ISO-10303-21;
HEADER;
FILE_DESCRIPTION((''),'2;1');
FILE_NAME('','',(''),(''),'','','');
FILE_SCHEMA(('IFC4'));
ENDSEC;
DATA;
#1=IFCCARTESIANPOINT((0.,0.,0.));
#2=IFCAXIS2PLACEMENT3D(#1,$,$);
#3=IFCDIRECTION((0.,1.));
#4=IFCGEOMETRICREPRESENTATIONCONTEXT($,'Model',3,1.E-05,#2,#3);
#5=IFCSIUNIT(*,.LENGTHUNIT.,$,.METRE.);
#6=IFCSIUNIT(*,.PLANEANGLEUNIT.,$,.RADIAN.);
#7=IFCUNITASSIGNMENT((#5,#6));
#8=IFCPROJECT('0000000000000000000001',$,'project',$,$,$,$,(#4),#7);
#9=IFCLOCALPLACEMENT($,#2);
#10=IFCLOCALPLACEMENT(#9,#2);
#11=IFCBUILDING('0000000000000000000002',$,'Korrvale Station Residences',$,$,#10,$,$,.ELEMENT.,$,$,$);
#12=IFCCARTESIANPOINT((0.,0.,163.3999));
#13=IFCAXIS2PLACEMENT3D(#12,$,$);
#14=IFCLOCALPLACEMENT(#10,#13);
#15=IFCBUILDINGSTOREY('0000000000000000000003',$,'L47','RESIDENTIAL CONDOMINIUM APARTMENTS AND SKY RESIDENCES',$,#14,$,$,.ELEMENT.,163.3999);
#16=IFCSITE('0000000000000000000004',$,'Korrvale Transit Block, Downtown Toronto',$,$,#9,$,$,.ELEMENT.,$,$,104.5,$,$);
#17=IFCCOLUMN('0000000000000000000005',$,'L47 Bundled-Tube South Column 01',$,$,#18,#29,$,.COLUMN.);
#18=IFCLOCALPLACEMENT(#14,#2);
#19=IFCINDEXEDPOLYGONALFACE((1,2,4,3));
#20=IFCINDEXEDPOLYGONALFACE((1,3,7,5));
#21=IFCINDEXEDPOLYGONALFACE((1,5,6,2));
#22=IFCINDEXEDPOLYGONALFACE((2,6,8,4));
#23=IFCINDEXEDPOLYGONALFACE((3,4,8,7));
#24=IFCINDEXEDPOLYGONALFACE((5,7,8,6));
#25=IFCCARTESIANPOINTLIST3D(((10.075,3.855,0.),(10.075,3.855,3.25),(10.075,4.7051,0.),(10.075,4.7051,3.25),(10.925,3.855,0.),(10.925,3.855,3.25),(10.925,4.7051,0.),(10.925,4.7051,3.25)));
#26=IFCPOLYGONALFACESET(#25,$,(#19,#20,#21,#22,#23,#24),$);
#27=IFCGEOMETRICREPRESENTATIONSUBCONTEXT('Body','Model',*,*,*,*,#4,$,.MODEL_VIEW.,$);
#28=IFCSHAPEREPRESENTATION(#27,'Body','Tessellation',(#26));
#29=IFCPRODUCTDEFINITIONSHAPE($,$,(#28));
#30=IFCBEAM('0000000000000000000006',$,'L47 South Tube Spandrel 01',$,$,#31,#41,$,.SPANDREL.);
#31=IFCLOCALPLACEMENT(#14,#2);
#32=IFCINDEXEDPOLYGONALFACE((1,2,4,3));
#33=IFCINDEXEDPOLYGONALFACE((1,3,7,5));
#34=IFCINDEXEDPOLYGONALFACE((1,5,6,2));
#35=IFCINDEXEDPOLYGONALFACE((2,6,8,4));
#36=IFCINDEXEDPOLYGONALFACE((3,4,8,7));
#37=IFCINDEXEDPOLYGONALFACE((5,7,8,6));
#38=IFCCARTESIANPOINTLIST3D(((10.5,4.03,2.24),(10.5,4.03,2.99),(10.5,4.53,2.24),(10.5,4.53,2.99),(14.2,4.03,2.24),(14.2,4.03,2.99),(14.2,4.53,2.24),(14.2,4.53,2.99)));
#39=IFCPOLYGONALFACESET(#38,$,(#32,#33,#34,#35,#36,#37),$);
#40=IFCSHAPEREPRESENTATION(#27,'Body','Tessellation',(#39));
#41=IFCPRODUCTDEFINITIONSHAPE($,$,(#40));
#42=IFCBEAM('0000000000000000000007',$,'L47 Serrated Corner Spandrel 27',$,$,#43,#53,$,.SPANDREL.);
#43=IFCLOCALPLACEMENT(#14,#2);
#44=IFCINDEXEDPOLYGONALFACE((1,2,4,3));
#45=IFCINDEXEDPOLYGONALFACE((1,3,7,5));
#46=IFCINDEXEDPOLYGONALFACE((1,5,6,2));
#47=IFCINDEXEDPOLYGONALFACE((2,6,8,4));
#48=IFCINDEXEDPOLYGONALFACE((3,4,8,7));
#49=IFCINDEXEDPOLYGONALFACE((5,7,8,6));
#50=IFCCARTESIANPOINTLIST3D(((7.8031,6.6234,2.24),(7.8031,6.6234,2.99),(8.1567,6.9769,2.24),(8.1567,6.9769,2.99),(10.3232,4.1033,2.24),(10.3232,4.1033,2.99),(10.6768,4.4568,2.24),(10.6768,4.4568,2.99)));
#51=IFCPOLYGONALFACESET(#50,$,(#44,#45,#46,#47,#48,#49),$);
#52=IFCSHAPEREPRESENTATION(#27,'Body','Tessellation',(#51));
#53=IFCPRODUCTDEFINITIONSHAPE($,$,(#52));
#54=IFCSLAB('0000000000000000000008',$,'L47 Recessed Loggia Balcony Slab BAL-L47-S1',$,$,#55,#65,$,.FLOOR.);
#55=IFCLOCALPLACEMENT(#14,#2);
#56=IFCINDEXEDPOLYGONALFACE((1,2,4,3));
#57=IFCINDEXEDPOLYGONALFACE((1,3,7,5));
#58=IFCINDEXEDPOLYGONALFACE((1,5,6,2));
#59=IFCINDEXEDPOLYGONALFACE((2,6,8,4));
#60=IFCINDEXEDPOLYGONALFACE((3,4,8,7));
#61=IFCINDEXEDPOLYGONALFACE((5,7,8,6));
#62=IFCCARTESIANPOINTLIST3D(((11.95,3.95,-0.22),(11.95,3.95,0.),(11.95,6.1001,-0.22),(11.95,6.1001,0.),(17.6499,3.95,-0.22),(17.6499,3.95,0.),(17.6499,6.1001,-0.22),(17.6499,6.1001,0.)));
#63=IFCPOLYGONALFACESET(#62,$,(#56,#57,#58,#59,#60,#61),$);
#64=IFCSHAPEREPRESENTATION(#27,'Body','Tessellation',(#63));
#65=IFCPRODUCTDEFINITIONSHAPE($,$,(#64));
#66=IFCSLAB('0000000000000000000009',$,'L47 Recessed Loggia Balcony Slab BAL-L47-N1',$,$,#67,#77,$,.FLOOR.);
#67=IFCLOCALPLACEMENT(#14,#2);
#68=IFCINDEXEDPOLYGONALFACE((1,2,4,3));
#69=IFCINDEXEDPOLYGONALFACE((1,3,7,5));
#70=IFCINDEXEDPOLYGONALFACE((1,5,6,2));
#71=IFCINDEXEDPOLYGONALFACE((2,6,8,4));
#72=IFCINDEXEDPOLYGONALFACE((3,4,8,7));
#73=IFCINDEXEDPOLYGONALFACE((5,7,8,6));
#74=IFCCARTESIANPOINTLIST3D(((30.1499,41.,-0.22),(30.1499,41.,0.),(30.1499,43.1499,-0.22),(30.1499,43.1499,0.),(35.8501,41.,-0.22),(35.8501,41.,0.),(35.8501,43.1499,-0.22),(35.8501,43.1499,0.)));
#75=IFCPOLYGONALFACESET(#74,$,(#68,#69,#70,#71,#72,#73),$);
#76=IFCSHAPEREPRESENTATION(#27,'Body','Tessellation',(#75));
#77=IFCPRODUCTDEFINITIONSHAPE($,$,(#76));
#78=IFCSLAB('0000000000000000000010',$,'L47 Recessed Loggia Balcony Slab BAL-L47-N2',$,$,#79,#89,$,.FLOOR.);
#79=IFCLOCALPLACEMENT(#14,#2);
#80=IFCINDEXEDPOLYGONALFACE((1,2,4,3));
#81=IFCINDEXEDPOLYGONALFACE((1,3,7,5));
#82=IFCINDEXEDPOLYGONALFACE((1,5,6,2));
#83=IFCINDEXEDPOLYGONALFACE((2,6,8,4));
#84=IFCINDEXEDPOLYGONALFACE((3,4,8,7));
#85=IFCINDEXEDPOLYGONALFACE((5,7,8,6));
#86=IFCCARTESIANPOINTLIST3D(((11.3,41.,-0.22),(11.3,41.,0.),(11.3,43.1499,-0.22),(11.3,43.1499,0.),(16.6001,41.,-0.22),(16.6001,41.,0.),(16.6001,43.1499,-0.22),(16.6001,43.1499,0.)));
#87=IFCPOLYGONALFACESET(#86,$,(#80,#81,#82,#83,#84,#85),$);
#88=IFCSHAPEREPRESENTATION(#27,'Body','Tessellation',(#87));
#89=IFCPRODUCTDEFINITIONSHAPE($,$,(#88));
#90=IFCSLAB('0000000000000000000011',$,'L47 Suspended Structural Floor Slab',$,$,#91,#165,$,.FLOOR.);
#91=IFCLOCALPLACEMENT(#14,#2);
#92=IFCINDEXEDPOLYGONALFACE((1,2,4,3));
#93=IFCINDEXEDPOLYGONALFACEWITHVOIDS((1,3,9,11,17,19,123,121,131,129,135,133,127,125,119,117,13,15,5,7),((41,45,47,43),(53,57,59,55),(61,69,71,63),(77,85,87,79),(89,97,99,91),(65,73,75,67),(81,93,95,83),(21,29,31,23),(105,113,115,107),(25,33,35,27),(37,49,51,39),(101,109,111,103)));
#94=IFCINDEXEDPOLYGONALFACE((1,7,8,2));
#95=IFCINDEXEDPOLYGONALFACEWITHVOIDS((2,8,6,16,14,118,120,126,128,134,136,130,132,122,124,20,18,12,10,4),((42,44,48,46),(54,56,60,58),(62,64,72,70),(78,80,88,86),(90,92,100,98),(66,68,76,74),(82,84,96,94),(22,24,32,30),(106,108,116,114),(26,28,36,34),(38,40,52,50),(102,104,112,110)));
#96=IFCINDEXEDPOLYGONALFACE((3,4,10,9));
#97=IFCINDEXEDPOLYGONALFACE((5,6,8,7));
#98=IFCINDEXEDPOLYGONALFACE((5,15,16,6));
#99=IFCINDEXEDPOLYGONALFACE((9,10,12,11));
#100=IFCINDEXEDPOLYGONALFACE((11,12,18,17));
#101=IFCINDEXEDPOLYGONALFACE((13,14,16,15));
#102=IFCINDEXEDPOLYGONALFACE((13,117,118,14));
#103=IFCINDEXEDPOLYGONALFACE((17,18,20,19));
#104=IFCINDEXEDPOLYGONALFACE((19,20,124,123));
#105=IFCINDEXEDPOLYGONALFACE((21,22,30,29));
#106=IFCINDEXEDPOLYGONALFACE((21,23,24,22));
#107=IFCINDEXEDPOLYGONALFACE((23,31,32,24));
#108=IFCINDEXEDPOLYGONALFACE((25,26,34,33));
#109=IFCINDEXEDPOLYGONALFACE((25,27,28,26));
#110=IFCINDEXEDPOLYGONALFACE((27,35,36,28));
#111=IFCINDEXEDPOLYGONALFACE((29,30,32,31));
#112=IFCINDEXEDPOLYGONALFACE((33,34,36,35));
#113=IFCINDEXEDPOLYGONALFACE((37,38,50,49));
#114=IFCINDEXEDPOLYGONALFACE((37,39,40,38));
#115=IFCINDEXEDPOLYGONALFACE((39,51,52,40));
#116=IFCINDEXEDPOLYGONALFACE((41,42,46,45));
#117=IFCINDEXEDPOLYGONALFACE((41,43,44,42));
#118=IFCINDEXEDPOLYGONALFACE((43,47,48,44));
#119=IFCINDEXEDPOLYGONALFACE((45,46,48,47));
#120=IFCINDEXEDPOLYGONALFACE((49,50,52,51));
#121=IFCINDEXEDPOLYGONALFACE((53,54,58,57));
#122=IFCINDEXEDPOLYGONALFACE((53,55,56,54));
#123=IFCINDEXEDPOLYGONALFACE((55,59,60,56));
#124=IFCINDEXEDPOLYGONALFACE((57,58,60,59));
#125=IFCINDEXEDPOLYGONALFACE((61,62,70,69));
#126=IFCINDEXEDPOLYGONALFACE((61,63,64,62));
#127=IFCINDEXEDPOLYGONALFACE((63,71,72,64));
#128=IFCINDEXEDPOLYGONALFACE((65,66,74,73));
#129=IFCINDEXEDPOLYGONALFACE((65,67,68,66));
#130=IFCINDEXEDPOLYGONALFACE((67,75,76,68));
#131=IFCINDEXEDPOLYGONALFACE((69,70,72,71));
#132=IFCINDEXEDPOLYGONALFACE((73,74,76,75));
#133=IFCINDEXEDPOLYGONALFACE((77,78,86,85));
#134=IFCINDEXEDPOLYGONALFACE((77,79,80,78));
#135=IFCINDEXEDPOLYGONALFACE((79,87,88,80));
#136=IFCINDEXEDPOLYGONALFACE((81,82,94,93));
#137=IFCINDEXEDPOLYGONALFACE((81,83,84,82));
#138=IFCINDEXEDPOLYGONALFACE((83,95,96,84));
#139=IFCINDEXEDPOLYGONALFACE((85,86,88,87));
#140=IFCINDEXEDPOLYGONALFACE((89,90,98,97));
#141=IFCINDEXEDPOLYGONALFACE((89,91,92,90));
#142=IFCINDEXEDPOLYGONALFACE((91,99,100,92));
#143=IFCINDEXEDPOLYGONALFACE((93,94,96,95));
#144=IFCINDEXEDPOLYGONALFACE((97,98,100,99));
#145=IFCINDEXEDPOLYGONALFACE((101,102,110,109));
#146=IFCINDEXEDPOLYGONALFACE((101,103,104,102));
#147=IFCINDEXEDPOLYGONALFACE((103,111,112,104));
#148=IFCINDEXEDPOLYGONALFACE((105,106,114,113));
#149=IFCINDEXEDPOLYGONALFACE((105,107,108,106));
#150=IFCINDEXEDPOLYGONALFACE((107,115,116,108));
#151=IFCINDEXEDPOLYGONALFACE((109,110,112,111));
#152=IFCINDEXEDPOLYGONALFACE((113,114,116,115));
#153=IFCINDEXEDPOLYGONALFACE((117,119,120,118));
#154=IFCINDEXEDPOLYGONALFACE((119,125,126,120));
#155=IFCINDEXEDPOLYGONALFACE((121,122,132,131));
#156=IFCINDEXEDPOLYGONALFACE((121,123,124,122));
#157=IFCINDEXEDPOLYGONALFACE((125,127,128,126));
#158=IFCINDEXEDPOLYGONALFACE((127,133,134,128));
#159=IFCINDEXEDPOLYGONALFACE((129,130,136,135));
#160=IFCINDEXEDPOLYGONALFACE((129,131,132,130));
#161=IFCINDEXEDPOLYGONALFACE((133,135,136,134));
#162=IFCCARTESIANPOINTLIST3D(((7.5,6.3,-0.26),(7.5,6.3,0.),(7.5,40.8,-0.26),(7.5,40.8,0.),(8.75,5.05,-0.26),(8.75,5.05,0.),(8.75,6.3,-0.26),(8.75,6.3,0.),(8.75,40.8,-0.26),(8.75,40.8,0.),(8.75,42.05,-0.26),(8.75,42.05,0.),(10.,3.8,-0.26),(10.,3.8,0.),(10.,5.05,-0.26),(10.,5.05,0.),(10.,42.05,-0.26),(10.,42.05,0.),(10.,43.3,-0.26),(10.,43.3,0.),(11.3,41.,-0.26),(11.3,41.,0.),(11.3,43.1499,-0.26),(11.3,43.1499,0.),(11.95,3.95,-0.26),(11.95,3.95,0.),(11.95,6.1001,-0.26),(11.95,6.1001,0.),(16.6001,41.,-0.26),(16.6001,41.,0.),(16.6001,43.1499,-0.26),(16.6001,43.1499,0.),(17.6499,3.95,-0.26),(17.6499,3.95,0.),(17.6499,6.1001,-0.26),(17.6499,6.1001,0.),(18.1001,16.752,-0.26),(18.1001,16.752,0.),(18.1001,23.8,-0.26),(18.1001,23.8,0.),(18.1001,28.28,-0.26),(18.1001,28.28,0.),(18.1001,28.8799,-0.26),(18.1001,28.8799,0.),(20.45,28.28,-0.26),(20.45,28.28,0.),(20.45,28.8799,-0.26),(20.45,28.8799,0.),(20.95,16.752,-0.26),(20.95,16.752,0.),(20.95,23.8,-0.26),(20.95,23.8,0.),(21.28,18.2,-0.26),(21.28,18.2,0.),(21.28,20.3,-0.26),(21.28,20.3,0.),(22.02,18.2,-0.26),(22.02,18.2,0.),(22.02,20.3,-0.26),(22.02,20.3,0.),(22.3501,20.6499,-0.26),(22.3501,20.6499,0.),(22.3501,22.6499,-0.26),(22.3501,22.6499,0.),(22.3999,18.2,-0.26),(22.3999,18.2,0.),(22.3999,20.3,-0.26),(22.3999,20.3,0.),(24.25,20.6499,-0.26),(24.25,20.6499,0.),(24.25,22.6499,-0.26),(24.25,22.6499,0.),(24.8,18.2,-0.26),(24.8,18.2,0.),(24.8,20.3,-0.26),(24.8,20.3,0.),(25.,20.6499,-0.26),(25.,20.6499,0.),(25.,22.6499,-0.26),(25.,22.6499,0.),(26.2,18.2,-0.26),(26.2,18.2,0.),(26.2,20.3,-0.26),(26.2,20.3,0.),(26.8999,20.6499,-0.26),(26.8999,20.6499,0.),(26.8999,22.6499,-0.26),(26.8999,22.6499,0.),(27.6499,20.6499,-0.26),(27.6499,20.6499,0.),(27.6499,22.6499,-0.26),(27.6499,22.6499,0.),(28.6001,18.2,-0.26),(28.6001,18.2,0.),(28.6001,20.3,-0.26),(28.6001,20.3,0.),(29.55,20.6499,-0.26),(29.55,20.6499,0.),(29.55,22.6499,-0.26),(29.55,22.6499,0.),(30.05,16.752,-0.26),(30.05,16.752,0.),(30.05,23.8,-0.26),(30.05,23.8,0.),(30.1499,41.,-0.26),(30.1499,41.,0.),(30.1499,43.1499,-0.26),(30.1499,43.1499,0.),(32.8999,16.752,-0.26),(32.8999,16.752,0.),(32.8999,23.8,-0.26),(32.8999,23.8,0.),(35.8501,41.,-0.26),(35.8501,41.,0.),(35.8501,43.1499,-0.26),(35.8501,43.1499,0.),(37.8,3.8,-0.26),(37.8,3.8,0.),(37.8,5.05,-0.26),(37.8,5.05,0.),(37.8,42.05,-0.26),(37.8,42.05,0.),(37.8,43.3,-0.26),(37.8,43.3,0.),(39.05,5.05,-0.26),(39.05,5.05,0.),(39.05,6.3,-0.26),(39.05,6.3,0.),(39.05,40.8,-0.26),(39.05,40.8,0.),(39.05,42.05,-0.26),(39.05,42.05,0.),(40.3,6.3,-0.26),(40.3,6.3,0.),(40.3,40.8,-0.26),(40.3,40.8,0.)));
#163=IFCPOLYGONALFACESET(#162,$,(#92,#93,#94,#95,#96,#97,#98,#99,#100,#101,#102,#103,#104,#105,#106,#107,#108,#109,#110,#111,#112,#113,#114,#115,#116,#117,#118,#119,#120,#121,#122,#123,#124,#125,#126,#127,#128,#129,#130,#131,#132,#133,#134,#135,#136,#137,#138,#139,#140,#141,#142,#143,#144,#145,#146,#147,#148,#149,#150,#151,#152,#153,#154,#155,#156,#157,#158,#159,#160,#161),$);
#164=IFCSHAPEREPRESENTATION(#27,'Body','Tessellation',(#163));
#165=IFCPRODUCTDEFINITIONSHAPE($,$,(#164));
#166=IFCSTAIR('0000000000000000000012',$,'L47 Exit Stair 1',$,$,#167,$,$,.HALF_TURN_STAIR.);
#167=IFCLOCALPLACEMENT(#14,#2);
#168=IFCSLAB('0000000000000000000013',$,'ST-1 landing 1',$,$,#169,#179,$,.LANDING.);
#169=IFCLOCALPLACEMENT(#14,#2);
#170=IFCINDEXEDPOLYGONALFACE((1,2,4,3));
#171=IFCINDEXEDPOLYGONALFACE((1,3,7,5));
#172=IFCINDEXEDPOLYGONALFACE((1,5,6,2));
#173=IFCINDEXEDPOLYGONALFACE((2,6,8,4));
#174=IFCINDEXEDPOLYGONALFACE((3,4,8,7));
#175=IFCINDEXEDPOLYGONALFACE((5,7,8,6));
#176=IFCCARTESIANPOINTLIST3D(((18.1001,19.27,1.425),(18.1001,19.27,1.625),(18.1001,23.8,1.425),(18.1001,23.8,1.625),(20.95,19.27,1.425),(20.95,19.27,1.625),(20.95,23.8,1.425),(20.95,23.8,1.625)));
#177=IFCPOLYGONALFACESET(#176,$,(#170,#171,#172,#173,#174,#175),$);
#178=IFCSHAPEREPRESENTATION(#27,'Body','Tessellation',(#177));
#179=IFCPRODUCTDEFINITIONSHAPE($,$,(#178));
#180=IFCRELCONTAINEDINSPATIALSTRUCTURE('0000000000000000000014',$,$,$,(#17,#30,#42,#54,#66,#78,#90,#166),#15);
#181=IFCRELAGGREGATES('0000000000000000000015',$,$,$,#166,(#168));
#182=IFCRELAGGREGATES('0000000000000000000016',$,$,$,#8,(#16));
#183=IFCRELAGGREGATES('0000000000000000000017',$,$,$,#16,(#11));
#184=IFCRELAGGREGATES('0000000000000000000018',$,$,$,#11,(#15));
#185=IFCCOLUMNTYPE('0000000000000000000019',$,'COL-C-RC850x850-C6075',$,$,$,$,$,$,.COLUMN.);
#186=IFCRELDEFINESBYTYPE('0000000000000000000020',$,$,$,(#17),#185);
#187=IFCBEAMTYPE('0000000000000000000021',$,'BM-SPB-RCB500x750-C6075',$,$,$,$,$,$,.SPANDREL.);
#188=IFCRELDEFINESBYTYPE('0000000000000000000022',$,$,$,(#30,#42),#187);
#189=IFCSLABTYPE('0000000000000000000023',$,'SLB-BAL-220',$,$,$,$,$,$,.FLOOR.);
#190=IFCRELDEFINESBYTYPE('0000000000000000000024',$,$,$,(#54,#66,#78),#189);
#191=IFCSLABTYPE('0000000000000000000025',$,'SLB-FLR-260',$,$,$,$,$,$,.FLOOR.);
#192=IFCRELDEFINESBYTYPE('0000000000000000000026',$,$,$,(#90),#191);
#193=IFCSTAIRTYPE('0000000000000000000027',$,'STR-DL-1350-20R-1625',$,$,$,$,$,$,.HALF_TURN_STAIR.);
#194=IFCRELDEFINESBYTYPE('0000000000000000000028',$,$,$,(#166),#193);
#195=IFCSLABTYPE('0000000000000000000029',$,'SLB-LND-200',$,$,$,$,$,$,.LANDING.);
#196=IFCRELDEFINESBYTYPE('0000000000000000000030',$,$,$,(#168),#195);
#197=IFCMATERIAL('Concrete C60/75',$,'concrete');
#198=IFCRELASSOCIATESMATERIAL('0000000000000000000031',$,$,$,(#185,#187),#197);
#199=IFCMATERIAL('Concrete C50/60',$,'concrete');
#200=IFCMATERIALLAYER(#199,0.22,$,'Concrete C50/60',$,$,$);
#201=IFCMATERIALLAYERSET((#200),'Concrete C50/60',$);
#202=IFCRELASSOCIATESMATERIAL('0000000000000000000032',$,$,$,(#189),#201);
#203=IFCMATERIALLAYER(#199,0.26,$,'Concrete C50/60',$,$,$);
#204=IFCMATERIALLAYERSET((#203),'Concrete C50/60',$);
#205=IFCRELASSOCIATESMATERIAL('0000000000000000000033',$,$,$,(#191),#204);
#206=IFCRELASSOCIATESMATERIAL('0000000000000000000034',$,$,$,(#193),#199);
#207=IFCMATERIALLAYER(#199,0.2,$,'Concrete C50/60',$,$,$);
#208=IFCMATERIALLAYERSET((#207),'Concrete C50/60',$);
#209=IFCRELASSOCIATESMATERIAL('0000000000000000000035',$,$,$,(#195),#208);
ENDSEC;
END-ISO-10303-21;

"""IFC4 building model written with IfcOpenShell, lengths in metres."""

from ifc_helpers import new_model, si_unit, direction, frame, origin, origin_2d, place, context, subcontext, project, spatial, polyline, rectangle, outline, extrude, material, layer, layer_set, material_profile, profile_set, type_object, element, aggregate, save


model = new_model("IFC4")

# Units and contexts
model_context = context("Model", 3, precision=1e-05, world=origin(), true_north=direction((0.0, 1.0)))
body_context = subcontext(model_context, "Body", "Model", "MODEL_VIEW")
ifc_project = project(units=[si_unit("LENGTHUNIT", "METRE"), si_unit("PLANEANGLEUNIT", "RADIAN")], contexts=[model_context])

# Site, building, storey
site_placement = place(None, origin())
site = spatial("IfcSite", under=ifc_project, at=site_placement, Name="Korrvale Transit Block, Downtown Toronto", CompositionType="ELEMENT", RefElevation=104.5)
building_placement = place(site_placement, origin())
building = spatial("IfcBuilding", under=site, at=building_placement, Name="Korrvale Station Residences", CompositionType="ELEMENT")
storey_placement = place(building_placement, frame((0.0, 0.0, 163.3999)))
storey = spatial("IfcBuildingStorey", under=building, at=storey_placement, Name="L47", Description="RESIDENTIAL CONDOMINIUM APARTMENTS AND SKY RESIDENCES", CompositionType="ELEMENT", Elevation=163.3999)

# Column
ifc_material_1 = material(Name="Concrete C60/75", Category="concrete")
ifc_material_profile_1 = material_profile(ifc_material_1, rectangle(XDim=0.8501, YDim=0.8501, at=origin_2d()), Name="RC850x850")
ifc_profile_set_1 = profile_set([ifc_material_profile_1], Name="Concrete C60/75")
column_type = type_object("IfcColumnType", Name="COL-C-RC850x850-C6075", PredefinedType="COLUMN", material=ifc_profile_set_1)
column_placement = place(storey_placement, frame((10.5, 4.28, 0.0), z_axis=(0.0, 0.0, 1.0), x_axis=(1.0, 0.0, 0.0)))
element("IfcColumn", 1, at=column_placement, inside=storey, type_object=column_type, Name="L47 Bundled-Tube South Column 01", PredefinedType="COLUMN", context=body_context, shape_type="SweptSolid", body=[
    extrude(rectangle(XDim=0.8501, YDim=0.8501, at=origin_2d()), origin(), (0.0, 0.0, 1.0), 3.25),
])

# Beams
ifc_material_profile_2 = material_profile(ifc_material_1, rectangle(XDim=0.5, YDim=0.75, at=origin_2d()), Name="RCB500x750")
ifc_profile_set_2 = profile_set([ifc_material_profile_2], Name="Concrete C60/75")
beam_type = type_object("IfcBeamType", Name="BM-SPB-RCB500x750-C6075", PredefinedType="SPANDREL", material=ifc_profile_set_2)
beam_1_placement = place(storey_placement, frame((10.5, 4.28, 2.615), z_axis=(1.0, 0.0, 0.0), x_axis=(0.0, 1.0, 0.0)))
element("IfcBeam", 2, at=beam_1_placement, inside=storey, type_object=beam_type, Name="L47 South Tube Spandrel 01", PredefinedType="SPANDREL", context=body_context, shape_type="SweptSolid", body=[
    extrude(rectangle(XDim=0.5, YDim=0.75, at=origin_2d()), origin(), (0.0, 0.0, 1.0), 3.7),
])
beam_2_placement = place(storey_placement, frame((10.5, 4.28, 2.615), z_axis=(-0.707107, 0.707107, 0.0), x_axis=(-0.707107, -0.707107, 0.0)))
element("IfcBeam", 3, at=beam_2_placement, inside=storey, type_object=beam_type, Name="L47 Serrated Corner Spandrel 27", PredefinedType="SPANDREL", context=body_context, shape_type="SweptSolid", body=[
    extrude(rectangle(XDim=0.5, YDim=0.75, at=origin_2d()), origin(), (0.0, 0.0, 1.0), 3.564),
])

# Slabs
ifc_material_2 = material(Name="Concrete C50/60", Category="concrete")
ifc_layer_1 = layer(ifc_material_2, 0.22, Name="Concrete C50/60")
ifc_layer_set_1 = layer_set([ifc_layer_1], Name="Concrete C50/60")
slab_type_1 = type_object("IfcSlabType", Name="SLB-BAL-220", PredefinedType="FLOOR", material=ifc_layer_set_1)
slab_1_placement = place(storey_placement, frame((0.0, 0.0, -0.22)))
element("IfcSlab", 4, at=slab_1_placement, inside=storey, type_object=slab_type_1, Name="L47 Recessed Loggia Balcony Slab BAL-L47-S1", PredefinedType="FLOOR", context=body_context, shape_type="SweptSolid", body=[
    extrude(outline(polyline([(11.95, 3.95), (17.6499, 3.95), (17.6499, 6.1001), (11.95, 6.1001), (11.95, 3.95)])), origin(), (0.0, 0.0, 1.0), 0.22),
])
slab_2_placement = place(storey_placement, frame((0.0, 0.0, -0.22)))
element("IfcSlab", 5, at=slab_2_placement, inside=storey, type_object=slab_type_1, Name="L47 Recessed Loggia Balcony Slab BAL-L47-N1", PredefinedType="FLOOR", context=body_context, shape_type="SweptSolid", body=[
    extrude(outline(polyline([(30.1499, 41.0), (35.8501, 41.0), (35.8501, 43.1499), (30.1499, 43.1499), (30.1499, 41.0)])), origin(), (0.0, 0.0, 1.0), 0.22),
])
slab_3_placement = place(storey_placement, frame((0.0, 0.0, -0.22)))
element("IfcSlab", 6, at=slab_3_placement, inside=storey, type_object=slab_type_1, Name="L47 Recessed Loggia Balcony Slab BAL-L47-N2", PredefinedType="FLOOR", context=body_context, shape_type="SweptSolid", body=[
    extrude(outline(polyline([(11.3, 41.0), (16.6001, 41.0), (16.6001, 43.1499), (11.3, 43.1499), (11.3, 41.0)])), origin(), (0.0, 0.0, 1.0), 0.22),
])
ifc_layer_2 = layer(ifc_material_2, 0.26, Name="Concrete C50/60")
ifc_layer_set_2 = layer_set([ifc_layer_2], Name="Concrete C50/60")
slab_type_2 = type_object("IfcSlabType", Name="SLB-FLR-260", PredefinedType="FLOOR", material=ifc_layer_set_2)
slab_4_placement = place(storey_placement, frame((0.0, 0.0, -0.26)))
element("IfcSlab", 7, at=slab_4_placement, inside=storey, type_object=slab_type_2, Name="L47 Suspended Structural Floor Slab", PredefinedType="FLOOR", context=body_context, shape_type="SweptSolid", body=[
    extrude(outline(polyline([(10.0, 3.8), (37.8, 3.8), (37.8, 5.05), (39.05, 5.05), (39.05, 6.3), (40.3, 6.3), (40.3, 40.8), (39.05, 40.8), (39.05, 42.05), (37.8, 42.05), (37.8, 43.3), (10.0, 43.3), (10.0, 42.05), (8.75, 42.05), (8.75, 40.8), (7.5, 40.8), (7.5, 6.3), (8.75, 6.3), (8.75, 5.05), (10.0, 5.05), (10.0, 3.8)]), holes=[polyline([(20.95, 16.752), (20.95, 23.8), (18.1001, 23.8), (18.1001, 16.752), (20.95, 16.752)]), polyline([(32.8999, 16.752), (32.8999, 23.8), (30.05, 23.8), (30.05, 16.752), (32.8999, 16.752)]), polyline([(22.3501, 20.6499), (24.25, 20.6499), (24.25, 22.6499), (22.3501, 22.6499), (22.3501, 20.6499)]), polyline([(25.0, 20.6499), (26.8999, 20.6499), (26.8999, 22.6499), (25.0, 22.6499), (25.0, 20.6499)]), polyline([(27.6499, 20.6499), (29.55, 20.6499), (29.55, 22.6499), (27.6499, 22.6499), (27.6499, 20.6499)]), polyline([(22.3999, 18.2), (24.8, 18.2), (24.8, 20.3), (22.3999, 20.3), (22.3999, 18.2)]), polyline([(26.2, 18.2), (28.6001, 18.2), (28.6001, 20.3), (26.2, 20.3), (26.2, 18.2)]), polyline([(18.1001, 28.28), (20.45, 28.28), (20.45, 28.8799), (18.1001, 28.8799), (18.1001, 28.28)]), polyline([(21.28, 18.2), (22.02, 18.2), (22.02, 20.3), (21.28, 20.3), (21.28, 18.2)]), polyline([(11.95, 3.95), (17.6499, 3.95), (17.6499, 6.1001), (11.95, 6.1001), (11.95, 3.95)]), polyline([(30.1499, 41.0), (35.8501, 41.0), (35.8501, 43.1499), (30.1499, 43.1499), (30.1499, 41.0)]), polyline([(11.3, 41.0), (16.6001, 41.0), (16.6001, 43.1499), (11.3, 43.1499), (11.3, 41.0)])]), origin(), (0.0, 0.0, 1.0), 0.26),
])

# Stair, slab
stair_type = type_object("IfcStairType", Name="STR-DL-1350-20R-1625", PredefinedType="HALF_TURN_STAIR", material=ifc_material_2)
stair_1_placement = place(storey_placement, origin())
stair_1 = element("IfcStair", 8, at=stair_1_placement, inside=storey, type_object=stair_type, Name="L47 Exit Stair 1", PredefinedType="HALF_TURN_STAIR")
ifc_layer_3 = layer(ifc_material_2, 0.2, Name="Concrete C50/60")
ifc_layer_set_3 = layer_set([ifc_layer_3], Name="Concrete C50/60")
slab_type_3 = type_object("IfcSlabType", Name="SLB-LND-200", PredefinedType="LANDING", material=ifc_layer_set_3)
slab_5_placement = place(storey_placement, frame((0.0, 0.0, 1.425)))
slab_5 = element("IfcSlab", 9, at=slab_5_placement, type_object=slab_type_3, Name="ST-1 landing 1", PredefinedType="LANDING", context=body_context, shape_type="SweptSolid", body=[
    extrude(outline(polyline([(20.95, 19.27), (20.95, 23.8), (18.1001, 23.8), (18.1001, 19.27), (20.95, 19.27)])), origin(), (0.0, 0.0, 1.0), 0.2),
])
aggregate(stair_1, [slab_5])

save(model, "model.ifc")
